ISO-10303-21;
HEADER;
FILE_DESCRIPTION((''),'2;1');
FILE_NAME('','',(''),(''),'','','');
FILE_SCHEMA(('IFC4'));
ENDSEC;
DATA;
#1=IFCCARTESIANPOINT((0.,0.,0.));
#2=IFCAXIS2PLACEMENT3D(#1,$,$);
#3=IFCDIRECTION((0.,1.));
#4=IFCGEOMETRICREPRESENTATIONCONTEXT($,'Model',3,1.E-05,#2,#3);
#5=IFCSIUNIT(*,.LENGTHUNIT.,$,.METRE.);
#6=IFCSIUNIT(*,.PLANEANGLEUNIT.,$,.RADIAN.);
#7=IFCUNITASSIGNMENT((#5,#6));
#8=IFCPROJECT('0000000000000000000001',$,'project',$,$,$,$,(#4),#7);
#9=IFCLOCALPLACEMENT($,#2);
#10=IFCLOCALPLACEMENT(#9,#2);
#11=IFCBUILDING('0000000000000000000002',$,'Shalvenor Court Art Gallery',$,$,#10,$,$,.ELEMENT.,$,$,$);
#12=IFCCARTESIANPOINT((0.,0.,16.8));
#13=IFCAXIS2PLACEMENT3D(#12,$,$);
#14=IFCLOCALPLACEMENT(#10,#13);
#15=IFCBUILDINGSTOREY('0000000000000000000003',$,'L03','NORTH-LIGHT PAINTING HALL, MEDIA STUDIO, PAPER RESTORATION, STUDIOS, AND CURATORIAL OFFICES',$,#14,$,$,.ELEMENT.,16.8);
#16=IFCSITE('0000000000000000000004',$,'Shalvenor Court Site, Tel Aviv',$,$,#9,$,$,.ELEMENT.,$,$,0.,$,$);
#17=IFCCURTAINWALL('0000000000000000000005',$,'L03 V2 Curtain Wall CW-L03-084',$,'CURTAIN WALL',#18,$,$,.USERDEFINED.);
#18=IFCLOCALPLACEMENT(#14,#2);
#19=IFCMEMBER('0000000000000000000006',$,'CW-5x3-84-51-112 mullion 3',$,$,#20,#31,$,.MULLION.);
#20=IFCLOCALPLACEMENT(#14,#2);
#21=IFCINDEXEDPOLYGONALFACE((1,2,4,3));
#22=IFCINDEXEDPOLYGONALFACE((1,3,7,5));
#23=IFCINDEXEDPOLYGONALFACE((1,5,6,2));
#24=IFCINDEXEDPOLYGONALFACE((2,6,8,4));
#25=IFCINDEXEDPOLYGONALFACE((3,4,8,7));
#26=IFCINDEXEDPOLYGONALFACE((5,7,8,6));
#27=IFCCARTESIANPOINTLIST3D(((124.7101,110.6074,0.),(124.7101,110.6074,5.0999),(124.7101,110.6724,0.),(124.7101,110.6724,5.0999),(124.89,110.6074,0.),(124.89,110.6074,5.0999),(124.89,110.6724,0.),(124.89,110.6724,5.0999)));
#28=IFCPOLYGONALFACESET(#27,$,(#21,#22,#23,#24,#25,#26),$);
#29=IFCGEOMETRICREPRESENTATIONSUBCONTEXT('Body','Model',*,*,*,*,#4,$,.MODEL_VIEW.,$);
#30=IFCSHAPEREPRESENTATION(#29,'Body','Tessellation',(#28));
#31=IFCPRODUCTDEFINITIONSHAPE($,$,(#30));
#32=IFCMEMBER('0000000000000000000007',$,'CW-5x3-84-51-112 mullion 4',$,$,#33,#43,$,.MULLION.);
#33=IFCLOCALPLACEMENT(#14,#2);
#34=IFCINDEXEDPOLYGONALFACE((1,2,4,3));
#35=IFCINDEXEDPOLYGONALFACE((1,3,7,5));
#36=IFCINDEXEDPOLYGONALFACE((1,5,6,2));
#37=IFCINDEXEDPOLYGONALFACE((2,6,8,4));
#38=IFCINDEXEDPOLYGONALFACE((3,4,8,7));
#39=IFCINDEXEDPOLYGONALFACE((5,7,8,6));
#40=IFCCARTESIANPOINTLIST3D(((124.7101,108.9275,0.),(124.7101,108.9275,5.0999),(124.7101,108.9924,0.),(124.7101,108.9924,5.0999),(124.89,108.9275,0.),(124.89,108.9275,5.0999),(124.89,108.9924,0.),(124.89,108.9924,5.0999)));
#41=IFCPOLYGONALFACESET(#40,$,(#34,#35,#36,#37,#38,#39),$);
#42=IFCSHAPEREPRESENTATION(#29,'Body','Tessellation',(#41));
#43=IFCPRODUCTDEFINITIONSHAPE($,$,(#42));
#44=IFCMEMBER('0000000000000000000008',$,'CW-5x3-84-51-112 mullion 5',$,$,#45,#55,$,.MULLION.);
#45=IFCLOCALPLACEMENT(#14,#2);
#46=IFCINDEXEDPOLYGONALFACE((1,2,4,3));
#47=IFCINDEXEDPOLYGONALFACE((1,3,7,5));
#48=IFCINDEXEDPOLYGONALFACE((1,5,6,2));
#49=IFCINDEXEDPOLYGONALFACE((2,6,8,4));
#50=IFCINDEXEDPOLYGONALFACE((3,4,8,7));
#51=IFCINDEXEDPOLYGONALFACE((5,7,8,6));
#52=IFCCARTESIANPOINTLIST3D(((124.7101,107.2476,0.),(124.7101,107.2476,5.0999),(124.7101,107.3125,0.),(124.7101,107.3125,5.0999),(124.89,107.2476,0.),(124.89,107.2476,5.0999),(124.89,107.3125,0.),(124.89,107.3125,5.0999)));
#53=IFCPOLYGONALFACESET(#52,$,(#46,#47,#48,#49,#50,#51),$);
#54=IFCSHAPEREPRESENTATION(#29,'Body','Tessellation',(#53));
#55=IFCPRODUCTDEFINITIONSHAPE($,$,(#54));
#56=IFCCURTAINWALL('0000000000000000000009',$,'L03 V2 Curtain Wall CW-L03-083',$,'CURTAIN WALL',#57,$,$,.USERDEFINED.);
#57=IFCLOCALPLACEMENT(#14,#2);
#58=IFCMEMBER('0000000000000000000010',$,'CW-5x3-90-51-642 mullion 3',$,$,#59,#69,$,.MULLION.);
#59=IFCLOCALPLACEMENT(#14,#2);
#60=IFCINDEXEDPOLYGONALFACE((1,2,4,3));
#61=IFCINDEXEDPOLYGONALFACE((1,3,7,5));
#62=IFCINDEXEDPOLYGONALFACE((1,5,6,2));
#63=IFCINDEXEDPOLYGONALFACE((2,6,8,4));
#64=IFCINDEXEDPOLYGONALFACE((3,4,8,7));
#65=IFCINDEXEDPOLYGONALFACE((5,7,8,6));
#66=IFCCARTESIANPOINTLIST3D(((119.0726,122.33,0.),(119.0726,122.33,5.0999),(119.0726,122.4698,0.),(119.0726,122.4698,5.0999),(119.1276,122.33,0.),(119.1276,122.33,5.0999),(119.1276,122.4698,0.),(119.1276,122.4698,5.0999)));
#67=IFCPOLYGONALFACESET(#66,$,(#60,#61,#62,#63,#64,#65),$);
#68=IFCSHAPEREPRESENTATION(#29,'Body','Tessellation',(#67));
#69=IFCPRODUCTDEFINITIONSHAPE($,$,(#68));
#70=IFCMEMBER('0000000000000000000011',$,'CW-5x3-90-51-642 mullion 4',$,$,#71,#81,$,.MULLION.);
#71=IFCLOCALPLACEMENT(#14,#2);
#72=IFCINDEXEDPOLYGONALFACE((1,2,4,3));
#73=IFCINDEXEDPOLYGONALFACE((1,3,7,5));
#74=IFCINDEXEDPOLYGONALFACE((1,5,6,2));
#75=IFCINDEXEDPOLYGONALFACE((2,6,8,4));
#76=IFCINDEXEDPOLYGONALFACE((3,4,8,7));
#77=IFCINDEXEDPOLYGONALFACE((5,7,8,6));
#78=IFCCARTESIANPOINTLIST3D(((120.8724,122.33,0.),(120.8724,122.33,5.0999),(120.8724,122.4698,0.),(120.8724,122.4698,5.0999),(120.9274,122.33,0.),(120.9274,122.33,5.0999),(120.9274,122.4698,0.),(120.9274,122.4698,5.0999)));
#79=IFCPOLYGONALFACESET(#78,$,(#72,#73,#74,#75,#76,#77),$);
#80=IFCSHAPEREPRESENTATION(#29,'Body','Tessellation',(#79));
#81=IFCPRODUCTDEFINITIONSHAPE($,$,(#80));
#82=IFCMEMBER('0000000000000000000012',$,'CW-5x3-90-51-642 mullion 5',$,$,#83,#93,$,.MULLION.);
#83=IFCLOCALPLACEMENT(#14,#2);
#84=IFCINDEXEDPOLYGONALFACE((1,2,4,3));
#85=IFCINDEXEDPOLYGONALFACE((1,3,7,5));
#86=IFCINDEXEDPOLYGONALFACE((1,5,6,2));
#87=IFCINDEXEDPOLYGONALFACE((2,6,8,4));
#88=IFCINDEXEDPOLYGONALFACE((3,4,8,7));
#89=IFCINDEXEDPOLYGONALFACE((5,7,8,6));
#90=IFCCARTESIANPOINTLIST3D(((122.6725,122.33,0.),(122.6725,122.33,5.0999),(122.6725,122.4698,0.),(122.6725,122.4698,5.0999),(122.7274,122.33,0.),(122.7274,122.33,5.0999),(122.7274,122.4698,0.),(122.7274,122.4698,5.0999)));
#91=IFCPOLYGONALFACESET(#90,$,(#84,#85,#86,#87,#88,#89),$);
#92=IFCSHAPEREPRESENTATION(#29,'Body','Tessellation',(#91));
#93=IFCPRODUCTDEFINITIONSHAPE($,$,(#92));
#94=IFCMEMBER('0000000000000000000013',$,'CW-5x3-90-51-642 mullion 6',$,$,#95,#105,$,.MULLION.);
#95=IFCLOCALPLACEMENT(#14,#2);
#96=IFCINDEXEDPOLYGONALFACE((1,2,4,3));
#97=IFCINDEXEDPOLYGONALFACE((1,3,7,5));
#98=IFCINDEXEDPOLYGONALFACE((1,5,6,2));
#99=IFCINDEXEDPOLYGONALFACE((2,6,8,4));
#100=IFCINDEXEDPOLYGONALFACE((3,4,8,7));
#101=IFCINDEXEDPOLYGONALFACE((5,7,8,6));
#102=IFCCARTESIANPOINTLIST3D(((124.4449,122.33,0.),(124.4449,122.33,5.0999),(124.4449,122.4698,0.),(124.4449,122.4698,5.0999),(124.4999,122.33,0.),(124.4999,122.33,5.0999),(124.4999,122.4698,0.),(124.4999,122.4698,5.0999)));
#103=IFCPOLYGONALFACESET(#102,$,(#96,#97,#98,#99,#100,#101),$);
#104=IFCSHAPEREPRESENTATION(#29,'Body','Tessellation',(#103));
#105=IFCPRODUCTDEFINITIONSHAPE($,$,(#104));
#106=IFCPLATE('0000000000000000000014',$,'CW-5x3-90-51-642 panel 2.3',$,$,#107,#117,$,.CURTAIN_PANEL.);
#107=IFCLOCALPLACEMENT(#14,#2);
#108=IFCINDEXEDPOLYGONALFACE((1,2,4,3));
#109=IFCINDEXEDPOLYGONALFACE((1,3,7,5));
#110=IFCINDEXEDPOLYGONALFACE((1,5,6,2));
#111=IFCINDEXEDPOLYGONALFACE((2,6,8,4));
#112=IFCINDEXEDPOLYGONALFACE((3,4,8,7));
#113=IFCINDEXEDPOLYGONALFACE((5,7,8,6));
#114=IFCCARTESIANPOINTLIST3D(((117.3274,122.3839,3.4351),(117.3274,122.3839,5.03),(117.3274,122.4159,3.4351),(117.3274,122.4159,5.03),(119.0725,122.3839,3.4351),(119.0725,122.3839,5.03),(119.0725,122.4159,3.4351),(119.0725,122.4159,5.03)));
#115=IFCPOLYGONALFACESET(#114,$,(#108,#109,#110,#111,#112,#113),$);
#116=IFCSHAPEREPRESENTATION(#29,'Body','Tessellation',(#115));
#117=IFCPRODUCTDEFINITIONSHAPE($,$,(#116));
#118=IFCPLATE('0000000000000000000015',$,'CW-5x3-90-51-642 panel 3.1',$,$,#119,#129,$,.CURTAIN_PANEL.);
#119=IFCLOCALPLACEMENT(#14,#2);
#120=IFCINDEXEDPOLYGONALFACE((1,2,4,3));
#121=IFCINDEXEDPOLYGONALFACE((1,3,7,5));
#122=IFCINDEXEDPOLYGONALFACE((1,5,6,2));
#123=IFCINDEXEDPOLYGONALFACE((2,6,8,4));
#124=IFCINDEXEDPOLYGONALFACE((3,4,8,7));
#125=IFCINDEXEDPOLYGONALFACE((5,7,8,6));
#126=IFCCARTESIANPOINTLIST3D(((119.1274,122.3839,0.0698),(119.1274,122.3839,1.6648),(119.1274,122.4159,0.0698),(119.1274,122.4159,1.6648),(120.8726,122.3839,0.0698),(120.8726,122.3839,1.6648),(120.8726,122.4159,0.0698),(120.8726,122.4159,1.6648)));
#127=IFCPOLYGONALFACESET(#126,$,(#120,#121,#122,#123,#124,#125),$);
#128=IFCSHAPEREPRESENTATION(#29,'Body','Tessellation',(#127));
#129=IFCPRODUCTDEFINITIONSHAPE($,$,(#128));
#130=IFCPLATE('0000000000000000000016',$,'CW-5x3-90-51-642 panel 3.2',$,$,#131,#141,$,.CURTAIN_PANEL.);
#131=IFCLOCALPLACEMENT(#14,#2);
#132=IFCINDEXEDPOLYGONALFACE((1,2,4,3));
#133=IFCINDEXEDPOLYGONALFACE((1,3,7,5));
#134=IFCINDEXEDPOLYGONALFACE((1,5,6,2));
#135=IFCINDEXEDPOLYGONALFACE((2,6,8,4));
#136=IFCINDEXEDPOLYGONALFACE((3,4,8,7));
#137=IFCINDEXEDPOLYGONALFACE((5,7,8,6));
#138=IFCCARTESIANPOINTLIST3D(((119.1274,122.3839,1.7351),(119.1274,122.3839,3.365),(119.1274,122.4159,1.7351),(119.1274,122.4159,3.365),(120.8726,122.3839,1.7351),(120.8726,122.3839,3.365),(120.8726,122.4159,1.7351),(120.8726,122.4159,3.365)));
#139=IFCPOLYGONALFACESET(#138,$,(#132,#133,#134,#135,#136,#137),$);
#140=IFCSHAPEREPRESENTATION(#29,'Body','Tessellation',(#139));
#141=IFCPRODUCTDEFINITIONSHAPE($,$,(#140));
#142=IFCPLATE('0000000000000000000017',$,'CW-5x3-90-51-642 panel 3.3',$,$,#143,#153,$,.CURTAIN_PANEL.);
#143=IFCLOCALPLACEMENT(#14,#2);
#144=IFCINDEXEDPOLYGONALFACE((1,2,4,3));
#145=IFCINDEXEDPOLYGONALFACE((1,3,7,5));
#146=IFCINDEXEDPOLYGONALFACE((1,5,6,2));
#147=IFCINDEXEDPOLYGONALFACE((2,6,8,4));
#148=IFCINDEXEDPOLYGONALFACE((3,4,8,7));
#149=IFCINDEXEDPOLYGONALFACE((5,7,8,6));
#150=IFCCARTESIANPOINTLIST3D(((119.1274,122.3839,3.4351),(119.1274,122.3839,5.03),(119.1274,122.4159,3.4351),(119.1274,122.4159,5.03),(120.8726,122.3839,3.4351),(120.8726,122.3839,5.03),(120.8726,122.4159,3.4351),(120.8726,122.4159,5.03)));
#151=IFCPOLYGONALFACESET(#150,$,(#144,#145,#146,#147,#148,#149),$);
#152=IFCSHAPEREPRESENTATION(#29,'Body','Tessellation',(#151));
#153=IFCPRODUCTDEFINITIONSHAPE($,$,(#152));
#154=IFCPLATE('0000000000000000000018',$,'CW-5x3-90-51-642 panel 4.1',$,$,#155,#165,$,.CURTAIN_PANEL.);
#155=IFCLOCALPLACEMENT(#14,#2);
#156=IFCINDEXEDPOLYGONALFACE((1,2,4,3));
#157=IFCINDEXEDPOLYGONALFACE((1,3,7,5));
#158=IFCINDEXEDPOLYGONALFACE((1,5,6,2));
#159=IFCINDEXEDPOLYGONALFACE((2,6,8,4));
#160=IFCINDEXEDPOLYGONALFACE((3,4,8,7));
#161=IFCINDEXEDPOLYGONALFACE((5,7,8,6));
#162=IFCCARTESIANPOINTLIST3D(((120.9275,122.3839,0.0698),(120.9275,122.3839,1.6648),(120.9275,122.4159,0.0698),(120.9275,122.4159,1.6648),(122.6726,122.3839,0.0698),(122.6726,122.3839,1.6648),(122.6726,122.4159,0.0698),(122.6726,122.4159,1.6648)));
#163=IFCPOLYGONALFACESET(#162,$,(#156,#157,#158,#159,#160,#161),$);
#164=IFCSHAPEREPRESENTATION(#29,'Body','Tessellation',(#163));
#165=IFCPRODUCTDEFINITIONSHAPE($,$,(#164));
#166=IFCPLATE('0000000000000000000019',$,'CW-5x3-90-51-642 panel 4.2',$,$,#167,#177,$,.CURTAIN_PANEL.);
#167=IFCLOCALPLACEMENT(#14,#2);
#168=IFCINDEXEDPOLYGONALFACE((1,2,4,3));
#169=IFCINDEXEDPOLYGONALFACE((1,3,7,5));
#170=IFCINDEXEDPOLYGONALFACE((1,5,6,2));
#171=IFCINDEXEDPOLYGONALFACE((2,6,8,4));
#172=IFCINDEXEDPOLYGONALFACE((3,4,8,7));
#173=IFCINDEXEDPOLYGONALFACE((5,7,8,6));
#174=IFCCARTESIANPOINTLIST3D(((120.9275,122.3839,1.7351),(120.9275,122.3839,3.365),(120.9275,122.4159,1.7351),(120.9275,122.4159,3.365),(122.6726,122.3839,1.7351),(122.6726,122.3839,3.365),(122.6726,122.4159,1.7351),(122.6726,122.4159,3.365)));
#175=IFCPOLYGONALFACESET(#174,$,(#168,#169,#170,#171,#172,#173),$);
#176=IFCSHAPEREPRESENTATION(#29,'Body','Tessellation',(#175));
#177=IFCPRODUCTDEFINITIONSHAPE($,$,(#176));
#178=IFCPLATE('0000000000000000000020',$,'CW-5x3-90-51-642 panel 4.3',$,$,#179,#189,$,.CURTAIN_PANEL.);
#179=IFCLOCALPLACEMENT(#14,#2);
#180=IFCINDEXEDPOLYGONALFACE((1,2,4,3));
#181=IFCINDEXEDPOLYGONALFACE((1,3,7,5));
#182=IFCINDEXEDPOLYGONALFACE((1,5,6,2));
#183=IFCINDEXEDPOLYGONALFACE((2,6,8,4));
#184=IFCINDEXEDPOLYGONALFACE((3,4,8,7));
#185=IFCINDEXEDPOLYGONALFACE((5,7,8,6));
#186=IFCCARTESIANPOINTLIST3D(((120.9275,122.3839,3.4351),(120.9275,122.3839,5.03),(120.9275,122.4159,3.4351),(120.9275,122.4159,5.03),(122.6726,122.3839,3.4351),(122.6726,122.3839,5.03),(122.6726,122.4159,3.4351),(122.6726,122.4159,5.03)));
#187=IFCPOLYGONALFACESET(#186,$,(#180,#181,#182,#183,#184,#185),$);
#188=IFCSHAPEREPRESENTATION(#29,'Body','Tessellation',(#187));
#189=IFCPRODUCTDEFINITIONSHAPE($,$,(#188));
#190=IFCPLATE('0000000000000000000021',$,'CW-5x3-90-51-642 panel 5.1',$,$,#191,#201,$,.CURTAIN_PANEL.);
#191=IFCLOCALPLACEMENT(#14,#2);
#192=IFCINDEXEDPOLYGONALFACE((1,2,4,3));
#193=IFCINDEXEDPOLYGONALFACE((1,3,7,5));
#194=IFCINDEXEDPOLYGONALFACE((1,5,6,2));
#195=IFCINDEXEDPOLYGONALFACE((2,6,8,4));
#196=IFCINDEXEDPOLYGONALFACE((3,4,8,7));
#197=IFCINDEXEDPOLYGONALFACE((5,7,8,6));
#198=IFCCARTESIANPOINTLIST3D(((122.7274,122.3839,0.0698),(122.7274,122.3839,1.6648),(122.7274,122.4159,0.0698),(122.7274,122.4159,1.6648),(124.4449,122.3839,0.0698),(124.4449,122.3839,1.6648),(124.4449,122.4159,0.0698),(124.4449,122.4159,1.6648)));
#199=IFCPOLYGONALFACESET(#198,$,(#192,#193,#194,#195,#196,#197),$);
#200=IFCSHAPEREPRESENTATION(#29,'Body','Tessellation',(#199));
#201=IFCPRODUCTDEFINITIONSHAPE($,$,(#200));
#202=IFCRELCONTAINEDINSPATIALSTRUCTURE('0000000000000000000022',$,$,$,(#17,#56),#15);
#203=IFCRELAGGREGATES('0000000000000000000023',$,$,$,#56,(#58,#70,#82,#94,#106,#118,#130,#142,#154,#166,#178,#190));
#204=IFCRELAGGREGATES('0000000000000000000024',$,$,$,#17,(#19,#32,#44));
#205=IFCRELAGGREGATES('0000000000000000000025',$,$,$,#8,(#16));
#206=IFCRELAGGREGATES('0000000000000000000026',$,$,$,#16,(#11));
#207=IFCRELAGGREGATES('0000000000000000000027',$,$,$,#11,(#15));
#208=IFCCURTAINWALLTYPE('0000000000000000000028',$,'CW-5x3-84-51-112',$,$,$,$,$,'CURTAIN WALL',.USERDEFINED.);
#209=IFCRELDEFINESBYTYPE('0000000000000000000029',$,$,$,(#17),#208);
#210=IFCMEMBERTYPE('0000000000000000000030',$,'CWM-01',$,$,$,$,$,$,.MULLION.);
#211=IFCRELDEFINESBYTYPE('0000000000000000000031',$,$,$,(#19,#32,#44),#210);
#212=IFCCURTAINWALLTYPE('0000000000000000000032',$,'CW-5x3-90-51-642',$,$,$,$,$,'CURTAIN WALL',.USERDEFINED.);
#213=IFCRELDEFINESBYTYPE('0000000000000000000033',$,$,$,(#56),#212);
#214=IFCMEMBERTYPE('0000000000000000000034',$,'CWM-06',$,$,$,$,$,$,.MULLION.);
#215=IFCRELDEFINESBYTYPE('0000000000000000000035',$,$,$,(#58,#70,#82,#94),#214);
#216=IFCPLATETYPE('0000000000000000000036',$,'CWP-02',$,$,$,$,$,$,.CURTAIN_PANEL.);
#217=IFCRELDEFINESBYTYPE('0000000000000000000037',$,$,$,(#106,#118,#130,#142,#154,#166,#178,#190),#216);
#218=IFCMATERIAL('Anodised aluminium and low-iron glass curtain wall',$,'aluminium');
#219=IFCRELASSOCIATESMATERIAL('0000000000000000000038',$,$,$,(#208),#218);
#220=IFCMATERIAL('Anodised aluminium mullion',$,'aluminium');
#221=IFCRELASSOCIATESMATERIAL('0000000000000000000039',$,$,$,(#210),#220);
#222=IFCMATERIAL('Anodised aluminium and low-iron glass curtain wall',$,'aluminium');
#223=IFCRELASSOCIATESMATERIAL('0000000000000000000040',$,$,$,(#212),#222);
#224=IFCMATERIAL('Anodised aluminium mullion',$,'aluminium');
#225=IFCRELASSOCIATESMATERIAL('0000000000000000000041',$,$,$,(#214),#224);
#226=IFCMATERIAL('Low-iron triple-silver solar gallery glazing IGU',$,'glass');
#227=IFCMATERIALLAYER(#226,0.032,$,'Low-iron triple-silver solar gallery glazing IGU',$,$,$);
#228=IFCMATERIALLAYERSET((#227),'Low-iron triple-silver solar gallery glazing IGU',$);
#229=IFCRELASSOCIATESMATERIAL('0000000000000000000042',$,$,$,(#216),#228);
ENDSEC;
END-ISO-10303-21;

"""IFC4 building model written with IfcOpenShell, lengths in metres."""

from ifc_helpers import new_model, si_unit, direction, frame, origin, origin_2d, place, context, subcontext, project, spatial, rectangle, extrude, material, layer, layer_set, material_profile, profile_set, type_object, element, aggregate, save


model = new_model("IFC4")

# Units and contexts
model_context = context("Model", 3, precision=1e-05, world=origin(), true_north=direction((0.0, 1.0)))
body_context = subcontext(model_context, "Body", "Model", "MODEL_VIEW")
ifc_project = project(units=[si_unit("LENGTHUNIT", "METRE"), si_unit("PLANEANGLEUNIT", "RADIAN")], contexts=[model_context])

# Site, building, storey
site_placement = place(None, origin())
site = spatial("IfcSite", under=ifc_project, at=site_placement, Name="Shalvenor Court Site, Tel Aviv", CompositionType="ELEMENT", RefElevation=0.0)
building_placement = place(site_placement, origin())
building = spatial("IfcBuilding", under=site, at=building_placement, Name="Shalvenor Court Art Gallery", CompositionType="ELEMENT")
storey_placement = place(building_placement, frame((0.0, 0.0, 16.8)))
storey = spatial("IfcBuildingStorey", under=building, at=storey_placement, Name="L03", Description="NORTH-LIGHT PAINTING HALL, MEDIA STUDIO, PAPER RESTORATION, STUDIOS, AND CURATORIAL OFFICES", CompositionType="ELEMENT", Elevation=16.8)

# Curtain wall, members
ifc_material_1 = material(Name="Anodised aluminium and low-iron glass curtain wall", Category="aluminium")
curtain_wall_type_1 = type_object("IfcCurtainWallType", Name="CW-5x3-84-51-112", ElementType="CURTAIN WALL", PredefinedType="USERDEFINED", material=ifc_material_1)
curtain_wall_1_placement = place(storey_placement, origin())
curtain_wall_1 = element("IfcCurtainWall", 1, at=curtain_wall_1_placement, inside=storey, type_object=curtain_wall_type_1, Name="L03 V2 Curtain Wall CW-L03-084", ObjectType="CURTAIN WALL", PredefinedType="USERDEFINED")
ifc_material_2 = material(Name="Anodised aluminium mullion", Category="aluminium")
ifc_material_profile_1 = material_profile(ifc_material_2, rectangle(XDim=0.0649, YDim=0.1799, at=origin_2d()), Name="CWM-01")
ifc_profile_set_1 = profile_set([ifc_material_profile_1], Name="Anodised aluminium mullion")
member_type_1 = type_object("IfcMemberType", Name="CWM-01", PredefinedType="MULLION", material=ifc_profile_set_1)
member_1_placement = place(storey_placement, frame((124.8, 110.6399, 0.0), z_axis=(0.0, 0.0, 1.0), x_axis=(0.0, -1.0, 0.0)))
member_1 = element("IfcMember", 2, at=member_1_placement, type_object=member_type_1, Name="CW-5x3-84-51-112 mullion 3", PredefinedType="MULLION", context=body_context, shape_type="SweptSolid", body=[
    extrude(rectangle(XDim=0.0649, YDim=0.1799, at=origin_2d()), origin(), (0.0, 0.0, 1.0), 5.0999),
])
member_2_placement = place(storey_placement, frame((124.8, 108.96, 0.0), z_axis=(0.0, 0.0, 1.0), x_axis=(0.0, -1.0, 0.0)))
member_2 = element("IfcMember", 3, at=member_2_placement, type_object=member_type_1, Name="CW-5x3-84-51-112 mullion 4", PredefinedType="MULLION", context=body_context, shape_type="SweptSolid", body=[
    extrude(rectangle(XDim=0.0649, YDim=0.1799, at=origin_2d()), origin(), (0.0, 0.0, 1.0), 5.0999),
])
member_3_placement = place(storey_placement, frame((124.8, 107.28, 0.0), z_axis=(0.0, 0.0, 1.0), x_axis=(0.0, -1.0, 0.0)))
member_3 = element("IfcMember", 4, at=member_3_placement, type_object=member_type_1, Name="CW-5x3-84-51-112 mullion 5", PredefinedType="MULLION", context=body_context, shape_type="SweptSolid", body=[
    extrude(rectangle(XDim=0.0649, YDim=0.1799, at=origin_2d()), origin(), (0.0, 0.0, 1.0), 5.0999),
])

# Curtain wall, members, plates
ifc_material_3 = material(Name="Anodised aluminium and low-iron glass curtain wall", Category="aluminium")
curtain_wall_type_2 = type_object("IfcCurtainWallType", Name="CW-5x3-90-51-642", ElementType="CURTAIN WALL", PredefinedType="USERDEFINED", material=ifc_material_3)
curtain_wall_2_placement = place(storey_placement, origin())
curtain_wall_2 = element("IfcCurtainWall", 5, at=curtain_wall_2_placement, inside=storey, type_object=curtain_wall_type_2, Name="L03 V2 Curtain Wall CW-L03-083", ObjectType="CURTAIN WALL", PredefinedType="USERDEFINED")
ifc_material_4 = material(Name="Anodised aluminium mullion", Category="aluminium")
ifc_material_profile_2 = material_profile(ifc_material_4, rectangle(XDim=0.0549, YDim=0.1399, at=origin_2d()), Name="CWM-06")
ifc_profile_set_2 = profile_set([ifc_material_profile_2], Name="Anodised aluminium mullion")
member_type_2 = type_object("IfcMemberType", Name="CWM-06", PredefinedType="MULLION", material=ifc_profile_set_2)
member_4_placement = place(storey_placement, frame((119.1001, 122.3999, 0.0), z_axis=(0.0, 0.0, 1.0), x_axis=(1.0, 0.0, 0.0)))
member_4 = element("IfcMember", 6, at=member_4_placement, type_object=member_type_2, Name="CW-5x3-90-51-642 mullion 3", PredefinedType="MULLION", context=body_context, shape_type="SweptSolid", body=[
    extrude(rectangle(XDim=0.0549, YDim=0.1399, at=origin_2d()), origin(), (0.0, 0.0, 1.0), 5.0999),
])
member_5_placement = place(storey_placement, frame((120.8999, 122.3999, 0.0), z_axis=(0.0, 0.0, 1.0), x_axis=(1.0, 0.0, 0.0)))
member_5 = element("IfcMember", 7, at=member_5_placement, type_object=member_type_2, Name="CW-5x3-90-51-642 mullion 4", PredefinedType="MULLION", context=body_context, shape_type="SweptSolid", body=[
    extrude(rectangle(XDim=0.0549, YDim=0.1399, at=origin_2d()), origin(), (0.0, 0.0, 1.0), 5.0999),
])
member_6_placement = place(storey_placement, frame((122.7, 122.3999, 0.0), z_axis=(0.0, 0.0, 1.0), x_axis=(1.0, 0.0, 0.0)))
member_6 = element("IfcMember", 8, at=member_6_placement, type_object=member_type_2, Name="CW-5x3-90-51-642 mullion 5", PredefinedType="MULLION", context=body_context, shape_type="SweptSolid", body=[
    extrude(rectangle(XDim=0.0549, YDim=0.1399, at=origin_2d()), origin(), (0.0, 0.0, 1.0), 5.0999),
])
member_7_placement = place(storey_placement, frame((124.4724, 122.3999, 0.0), z_axis=(0.0, 0.0, 1.0), x_axis=(1.0, 0.0, 0.0)))
member_7 = element("IfcMember", 9, at=member_7_placement, type_object=member_type_2, Name="CW-5x3-90-51-642 mullion 6", PredefinedType="MULLION", context=body_context, shape_type="SweptSolid", body=[
    extrude(rectangle(XDim=0.0549, YDim=0.1399, at=origin_2d()), origin(), (0.0, 0.0, 1.0), 5.0999),
])
ifc_material_5 = material(Name="Low-iron triple-silver solar gallery glazing IGU", Category="glass")
ifc_layer_1 = layer(ifc_material_5, 0.032, Name="Low-iron triple-silver solar gallery glazing IGU")
ifc_layer_set_1 = layer_set([ifc_layer_1], Name="Low-iron triple-silver solar gallery glazing IGU")
plate_type_1 = type_object("IfcPlateType", Name="CWP-02", PredefinedType="CURTAIN_PANEL", material=ifc_layer_set_1)
plate_1_placement = place(storey_placement, frame((118.2, 122.3999, 3.4351), z_axis=(0.0, 0.0, 1.0), x_axis=(1.0, 0.0, 0.0)))
plate_1 = element("IfcPlate", 10, at=plate_1_placement, type_object=plate_type_1, Name="CW-5x3-90-51-642 panel 2.3", PredefinedType="CURTAIN_PANEL", context=body_context, shape_type="SweptSolid", body=[
    extrude(rectangle(XDim=1.7451, YDim=0.032, at=origin_2d()), origin(), (0.0, 0.0, 1.0), 1.595),
])
plate_2_placement = place(storey_placement, frame((120.0, 122.3999, 0.0698), z_axis=(0.0, 0.0, 1.0), x_axis=(1.0, 0.0, 0.0)))
plate_2 = element("IfcPlate", 11, at=plate_2_placement, type_object=plate_type_1, Name="CW-5x3-90-51-642 panel 3.1", PredefinedType="CURTAIN_PANEL", context=body_context, shape_type="SweptSolid", body=[
    extrude(rectangle(XDim=1.7451, YDim=0.032, at=origin_2d()), origin(), (0.0, 0.0, 1.0), 1.595),
])
plate_3_placement = place(storey_placement, frame((120.0, 122.3999, 1.7351), z_axis=(0.0, 0.0, 1.0), x_axis=(1.0, 0.0, 0.0)))
plate_3 = element("IfcPlate", 12, at=plate_3_placement, type_object=plate_type_1, Name="CW-5x3-90-51-642 panel 3.2", PredefinedType="CURTAIN_PANEL", context=body_context, shape_type="SweptSolid", body=[
    extrude(rectangle(XDim=1.7451, YDim=0.032, at=origin_2d()), origin(), (0.0, 0.0, 1.0), 1.6299),
])
plate_4_placement = place(storey_placement, frame((120.0, 122.3999, 3.4351), z_axis=(0.0, 0.0, 1.0), x_axis=(1.0, 0.0, 0.0)))
plate_4 = element("IfcPlate", 13, at=plate_4_placement, type_object=plate_type_1, Name="CW-5x3-90-51-642 panel 3.3", PredefinedType="CURTAIN_PANEL", context=body_context, shape_type="SweptSolid", body=[
    extrude(rectangle(XDim=1.7451, YDim=0.032, at=origin_2d()), origin(), (0.0, 0.0, 1.0), 1.595),
])
plate_5_placement = place(storey_placement, frame((121.8, 122.3999, 0.0698), z_axis=(0.0, 0.0, 1.0), x_axis=(1.0, 0.0, 0.0)))
plate_5 = element("IfcPlate", 14, at=plate_5_placement, type_object=plate_type_1, Name="CW-5x3-90-51-642 panel 4.1", PredefinedType="CURTAIN_PANEL", context=body_context, shape_type="SweptSolid", body=[
    extrude(rectangle(XDim=1.7451, YDim=0.032, at=origin_2d()), origin(), (0.0, 0.0, 1.0), 1.595),
])
plate_6_placement = place(storey_placement, frame((121.8, 122.3999, 1.7351), z_axis=(0.0, 0.0, 1.0), x_axis=(1.0, 0.0, 0.0)))
plate_6 = element("IfcPlate", 15, at=plate_6_placement, type_object=plate_type_1, Name="CW-5x3-90-51-642 panel 4.2", PredefinedType="CURTAIN_PANEL", context=body_context, shape_type="SweptSolid", body=[
    extrude(rectangle(XDim=1.7451, YDim=0.032, at=origin_2d()), origin(), (0.0, 0.0, 1.0), 1.6299),
])
plate_7_placement = place(storey_placement, frame((121.8, 122.3999, 3.4351), z_axis=(0.0, 0.0, 1.0), x_axis=(1.0, 0.0, 0.0)))
plate_7 = element("IfcPlate", 16, at=plate_7_placement, type_object=plate_type_1, Name="CW-5x3-90-51-642 panel 4.3", PredefinedType="CURTAIN_PANEL", context=body_context, shape_type="SweptSolid", body=[
    extrude(rectangle(XDim=1.7451, YDim=0.032, at=origin_2d()), origin(), (0.0, 0.0, 1.0), 1.595),
])
plate_8_placement = place(storey_placement, frame((123.5862, 122.3999, 0.0698), z_axis=(0.0, 0.0, 1.0), x_axis=(1.0, 0.0, 0.0)))
plate_8 = element("IfcPlate", 17, at=plate_8_placement, type_object=plate_type_1, Name="CW-5x3-90-51-642 panel 5.1", PredefinedType="CURTAIN_PANEL", context=body_context, shape_type="SweptSolid", body=[
    extrude(rectangle(XDim=1.7175, YDim=0.032, at=origin_2d()), origin(), (0.0, 0.0, 1.0), 1.595),
])
aggregate(curtain_wall_2, [member_4, member_5, member_6, member_7, plate_1, plate_2, plate_3, plate_4, plate_5, plate_6, plate_7, plate_8])

aggregate(curtain_wall_1, [member_1, member_2, member_3])

save(model, "model.ifc")
